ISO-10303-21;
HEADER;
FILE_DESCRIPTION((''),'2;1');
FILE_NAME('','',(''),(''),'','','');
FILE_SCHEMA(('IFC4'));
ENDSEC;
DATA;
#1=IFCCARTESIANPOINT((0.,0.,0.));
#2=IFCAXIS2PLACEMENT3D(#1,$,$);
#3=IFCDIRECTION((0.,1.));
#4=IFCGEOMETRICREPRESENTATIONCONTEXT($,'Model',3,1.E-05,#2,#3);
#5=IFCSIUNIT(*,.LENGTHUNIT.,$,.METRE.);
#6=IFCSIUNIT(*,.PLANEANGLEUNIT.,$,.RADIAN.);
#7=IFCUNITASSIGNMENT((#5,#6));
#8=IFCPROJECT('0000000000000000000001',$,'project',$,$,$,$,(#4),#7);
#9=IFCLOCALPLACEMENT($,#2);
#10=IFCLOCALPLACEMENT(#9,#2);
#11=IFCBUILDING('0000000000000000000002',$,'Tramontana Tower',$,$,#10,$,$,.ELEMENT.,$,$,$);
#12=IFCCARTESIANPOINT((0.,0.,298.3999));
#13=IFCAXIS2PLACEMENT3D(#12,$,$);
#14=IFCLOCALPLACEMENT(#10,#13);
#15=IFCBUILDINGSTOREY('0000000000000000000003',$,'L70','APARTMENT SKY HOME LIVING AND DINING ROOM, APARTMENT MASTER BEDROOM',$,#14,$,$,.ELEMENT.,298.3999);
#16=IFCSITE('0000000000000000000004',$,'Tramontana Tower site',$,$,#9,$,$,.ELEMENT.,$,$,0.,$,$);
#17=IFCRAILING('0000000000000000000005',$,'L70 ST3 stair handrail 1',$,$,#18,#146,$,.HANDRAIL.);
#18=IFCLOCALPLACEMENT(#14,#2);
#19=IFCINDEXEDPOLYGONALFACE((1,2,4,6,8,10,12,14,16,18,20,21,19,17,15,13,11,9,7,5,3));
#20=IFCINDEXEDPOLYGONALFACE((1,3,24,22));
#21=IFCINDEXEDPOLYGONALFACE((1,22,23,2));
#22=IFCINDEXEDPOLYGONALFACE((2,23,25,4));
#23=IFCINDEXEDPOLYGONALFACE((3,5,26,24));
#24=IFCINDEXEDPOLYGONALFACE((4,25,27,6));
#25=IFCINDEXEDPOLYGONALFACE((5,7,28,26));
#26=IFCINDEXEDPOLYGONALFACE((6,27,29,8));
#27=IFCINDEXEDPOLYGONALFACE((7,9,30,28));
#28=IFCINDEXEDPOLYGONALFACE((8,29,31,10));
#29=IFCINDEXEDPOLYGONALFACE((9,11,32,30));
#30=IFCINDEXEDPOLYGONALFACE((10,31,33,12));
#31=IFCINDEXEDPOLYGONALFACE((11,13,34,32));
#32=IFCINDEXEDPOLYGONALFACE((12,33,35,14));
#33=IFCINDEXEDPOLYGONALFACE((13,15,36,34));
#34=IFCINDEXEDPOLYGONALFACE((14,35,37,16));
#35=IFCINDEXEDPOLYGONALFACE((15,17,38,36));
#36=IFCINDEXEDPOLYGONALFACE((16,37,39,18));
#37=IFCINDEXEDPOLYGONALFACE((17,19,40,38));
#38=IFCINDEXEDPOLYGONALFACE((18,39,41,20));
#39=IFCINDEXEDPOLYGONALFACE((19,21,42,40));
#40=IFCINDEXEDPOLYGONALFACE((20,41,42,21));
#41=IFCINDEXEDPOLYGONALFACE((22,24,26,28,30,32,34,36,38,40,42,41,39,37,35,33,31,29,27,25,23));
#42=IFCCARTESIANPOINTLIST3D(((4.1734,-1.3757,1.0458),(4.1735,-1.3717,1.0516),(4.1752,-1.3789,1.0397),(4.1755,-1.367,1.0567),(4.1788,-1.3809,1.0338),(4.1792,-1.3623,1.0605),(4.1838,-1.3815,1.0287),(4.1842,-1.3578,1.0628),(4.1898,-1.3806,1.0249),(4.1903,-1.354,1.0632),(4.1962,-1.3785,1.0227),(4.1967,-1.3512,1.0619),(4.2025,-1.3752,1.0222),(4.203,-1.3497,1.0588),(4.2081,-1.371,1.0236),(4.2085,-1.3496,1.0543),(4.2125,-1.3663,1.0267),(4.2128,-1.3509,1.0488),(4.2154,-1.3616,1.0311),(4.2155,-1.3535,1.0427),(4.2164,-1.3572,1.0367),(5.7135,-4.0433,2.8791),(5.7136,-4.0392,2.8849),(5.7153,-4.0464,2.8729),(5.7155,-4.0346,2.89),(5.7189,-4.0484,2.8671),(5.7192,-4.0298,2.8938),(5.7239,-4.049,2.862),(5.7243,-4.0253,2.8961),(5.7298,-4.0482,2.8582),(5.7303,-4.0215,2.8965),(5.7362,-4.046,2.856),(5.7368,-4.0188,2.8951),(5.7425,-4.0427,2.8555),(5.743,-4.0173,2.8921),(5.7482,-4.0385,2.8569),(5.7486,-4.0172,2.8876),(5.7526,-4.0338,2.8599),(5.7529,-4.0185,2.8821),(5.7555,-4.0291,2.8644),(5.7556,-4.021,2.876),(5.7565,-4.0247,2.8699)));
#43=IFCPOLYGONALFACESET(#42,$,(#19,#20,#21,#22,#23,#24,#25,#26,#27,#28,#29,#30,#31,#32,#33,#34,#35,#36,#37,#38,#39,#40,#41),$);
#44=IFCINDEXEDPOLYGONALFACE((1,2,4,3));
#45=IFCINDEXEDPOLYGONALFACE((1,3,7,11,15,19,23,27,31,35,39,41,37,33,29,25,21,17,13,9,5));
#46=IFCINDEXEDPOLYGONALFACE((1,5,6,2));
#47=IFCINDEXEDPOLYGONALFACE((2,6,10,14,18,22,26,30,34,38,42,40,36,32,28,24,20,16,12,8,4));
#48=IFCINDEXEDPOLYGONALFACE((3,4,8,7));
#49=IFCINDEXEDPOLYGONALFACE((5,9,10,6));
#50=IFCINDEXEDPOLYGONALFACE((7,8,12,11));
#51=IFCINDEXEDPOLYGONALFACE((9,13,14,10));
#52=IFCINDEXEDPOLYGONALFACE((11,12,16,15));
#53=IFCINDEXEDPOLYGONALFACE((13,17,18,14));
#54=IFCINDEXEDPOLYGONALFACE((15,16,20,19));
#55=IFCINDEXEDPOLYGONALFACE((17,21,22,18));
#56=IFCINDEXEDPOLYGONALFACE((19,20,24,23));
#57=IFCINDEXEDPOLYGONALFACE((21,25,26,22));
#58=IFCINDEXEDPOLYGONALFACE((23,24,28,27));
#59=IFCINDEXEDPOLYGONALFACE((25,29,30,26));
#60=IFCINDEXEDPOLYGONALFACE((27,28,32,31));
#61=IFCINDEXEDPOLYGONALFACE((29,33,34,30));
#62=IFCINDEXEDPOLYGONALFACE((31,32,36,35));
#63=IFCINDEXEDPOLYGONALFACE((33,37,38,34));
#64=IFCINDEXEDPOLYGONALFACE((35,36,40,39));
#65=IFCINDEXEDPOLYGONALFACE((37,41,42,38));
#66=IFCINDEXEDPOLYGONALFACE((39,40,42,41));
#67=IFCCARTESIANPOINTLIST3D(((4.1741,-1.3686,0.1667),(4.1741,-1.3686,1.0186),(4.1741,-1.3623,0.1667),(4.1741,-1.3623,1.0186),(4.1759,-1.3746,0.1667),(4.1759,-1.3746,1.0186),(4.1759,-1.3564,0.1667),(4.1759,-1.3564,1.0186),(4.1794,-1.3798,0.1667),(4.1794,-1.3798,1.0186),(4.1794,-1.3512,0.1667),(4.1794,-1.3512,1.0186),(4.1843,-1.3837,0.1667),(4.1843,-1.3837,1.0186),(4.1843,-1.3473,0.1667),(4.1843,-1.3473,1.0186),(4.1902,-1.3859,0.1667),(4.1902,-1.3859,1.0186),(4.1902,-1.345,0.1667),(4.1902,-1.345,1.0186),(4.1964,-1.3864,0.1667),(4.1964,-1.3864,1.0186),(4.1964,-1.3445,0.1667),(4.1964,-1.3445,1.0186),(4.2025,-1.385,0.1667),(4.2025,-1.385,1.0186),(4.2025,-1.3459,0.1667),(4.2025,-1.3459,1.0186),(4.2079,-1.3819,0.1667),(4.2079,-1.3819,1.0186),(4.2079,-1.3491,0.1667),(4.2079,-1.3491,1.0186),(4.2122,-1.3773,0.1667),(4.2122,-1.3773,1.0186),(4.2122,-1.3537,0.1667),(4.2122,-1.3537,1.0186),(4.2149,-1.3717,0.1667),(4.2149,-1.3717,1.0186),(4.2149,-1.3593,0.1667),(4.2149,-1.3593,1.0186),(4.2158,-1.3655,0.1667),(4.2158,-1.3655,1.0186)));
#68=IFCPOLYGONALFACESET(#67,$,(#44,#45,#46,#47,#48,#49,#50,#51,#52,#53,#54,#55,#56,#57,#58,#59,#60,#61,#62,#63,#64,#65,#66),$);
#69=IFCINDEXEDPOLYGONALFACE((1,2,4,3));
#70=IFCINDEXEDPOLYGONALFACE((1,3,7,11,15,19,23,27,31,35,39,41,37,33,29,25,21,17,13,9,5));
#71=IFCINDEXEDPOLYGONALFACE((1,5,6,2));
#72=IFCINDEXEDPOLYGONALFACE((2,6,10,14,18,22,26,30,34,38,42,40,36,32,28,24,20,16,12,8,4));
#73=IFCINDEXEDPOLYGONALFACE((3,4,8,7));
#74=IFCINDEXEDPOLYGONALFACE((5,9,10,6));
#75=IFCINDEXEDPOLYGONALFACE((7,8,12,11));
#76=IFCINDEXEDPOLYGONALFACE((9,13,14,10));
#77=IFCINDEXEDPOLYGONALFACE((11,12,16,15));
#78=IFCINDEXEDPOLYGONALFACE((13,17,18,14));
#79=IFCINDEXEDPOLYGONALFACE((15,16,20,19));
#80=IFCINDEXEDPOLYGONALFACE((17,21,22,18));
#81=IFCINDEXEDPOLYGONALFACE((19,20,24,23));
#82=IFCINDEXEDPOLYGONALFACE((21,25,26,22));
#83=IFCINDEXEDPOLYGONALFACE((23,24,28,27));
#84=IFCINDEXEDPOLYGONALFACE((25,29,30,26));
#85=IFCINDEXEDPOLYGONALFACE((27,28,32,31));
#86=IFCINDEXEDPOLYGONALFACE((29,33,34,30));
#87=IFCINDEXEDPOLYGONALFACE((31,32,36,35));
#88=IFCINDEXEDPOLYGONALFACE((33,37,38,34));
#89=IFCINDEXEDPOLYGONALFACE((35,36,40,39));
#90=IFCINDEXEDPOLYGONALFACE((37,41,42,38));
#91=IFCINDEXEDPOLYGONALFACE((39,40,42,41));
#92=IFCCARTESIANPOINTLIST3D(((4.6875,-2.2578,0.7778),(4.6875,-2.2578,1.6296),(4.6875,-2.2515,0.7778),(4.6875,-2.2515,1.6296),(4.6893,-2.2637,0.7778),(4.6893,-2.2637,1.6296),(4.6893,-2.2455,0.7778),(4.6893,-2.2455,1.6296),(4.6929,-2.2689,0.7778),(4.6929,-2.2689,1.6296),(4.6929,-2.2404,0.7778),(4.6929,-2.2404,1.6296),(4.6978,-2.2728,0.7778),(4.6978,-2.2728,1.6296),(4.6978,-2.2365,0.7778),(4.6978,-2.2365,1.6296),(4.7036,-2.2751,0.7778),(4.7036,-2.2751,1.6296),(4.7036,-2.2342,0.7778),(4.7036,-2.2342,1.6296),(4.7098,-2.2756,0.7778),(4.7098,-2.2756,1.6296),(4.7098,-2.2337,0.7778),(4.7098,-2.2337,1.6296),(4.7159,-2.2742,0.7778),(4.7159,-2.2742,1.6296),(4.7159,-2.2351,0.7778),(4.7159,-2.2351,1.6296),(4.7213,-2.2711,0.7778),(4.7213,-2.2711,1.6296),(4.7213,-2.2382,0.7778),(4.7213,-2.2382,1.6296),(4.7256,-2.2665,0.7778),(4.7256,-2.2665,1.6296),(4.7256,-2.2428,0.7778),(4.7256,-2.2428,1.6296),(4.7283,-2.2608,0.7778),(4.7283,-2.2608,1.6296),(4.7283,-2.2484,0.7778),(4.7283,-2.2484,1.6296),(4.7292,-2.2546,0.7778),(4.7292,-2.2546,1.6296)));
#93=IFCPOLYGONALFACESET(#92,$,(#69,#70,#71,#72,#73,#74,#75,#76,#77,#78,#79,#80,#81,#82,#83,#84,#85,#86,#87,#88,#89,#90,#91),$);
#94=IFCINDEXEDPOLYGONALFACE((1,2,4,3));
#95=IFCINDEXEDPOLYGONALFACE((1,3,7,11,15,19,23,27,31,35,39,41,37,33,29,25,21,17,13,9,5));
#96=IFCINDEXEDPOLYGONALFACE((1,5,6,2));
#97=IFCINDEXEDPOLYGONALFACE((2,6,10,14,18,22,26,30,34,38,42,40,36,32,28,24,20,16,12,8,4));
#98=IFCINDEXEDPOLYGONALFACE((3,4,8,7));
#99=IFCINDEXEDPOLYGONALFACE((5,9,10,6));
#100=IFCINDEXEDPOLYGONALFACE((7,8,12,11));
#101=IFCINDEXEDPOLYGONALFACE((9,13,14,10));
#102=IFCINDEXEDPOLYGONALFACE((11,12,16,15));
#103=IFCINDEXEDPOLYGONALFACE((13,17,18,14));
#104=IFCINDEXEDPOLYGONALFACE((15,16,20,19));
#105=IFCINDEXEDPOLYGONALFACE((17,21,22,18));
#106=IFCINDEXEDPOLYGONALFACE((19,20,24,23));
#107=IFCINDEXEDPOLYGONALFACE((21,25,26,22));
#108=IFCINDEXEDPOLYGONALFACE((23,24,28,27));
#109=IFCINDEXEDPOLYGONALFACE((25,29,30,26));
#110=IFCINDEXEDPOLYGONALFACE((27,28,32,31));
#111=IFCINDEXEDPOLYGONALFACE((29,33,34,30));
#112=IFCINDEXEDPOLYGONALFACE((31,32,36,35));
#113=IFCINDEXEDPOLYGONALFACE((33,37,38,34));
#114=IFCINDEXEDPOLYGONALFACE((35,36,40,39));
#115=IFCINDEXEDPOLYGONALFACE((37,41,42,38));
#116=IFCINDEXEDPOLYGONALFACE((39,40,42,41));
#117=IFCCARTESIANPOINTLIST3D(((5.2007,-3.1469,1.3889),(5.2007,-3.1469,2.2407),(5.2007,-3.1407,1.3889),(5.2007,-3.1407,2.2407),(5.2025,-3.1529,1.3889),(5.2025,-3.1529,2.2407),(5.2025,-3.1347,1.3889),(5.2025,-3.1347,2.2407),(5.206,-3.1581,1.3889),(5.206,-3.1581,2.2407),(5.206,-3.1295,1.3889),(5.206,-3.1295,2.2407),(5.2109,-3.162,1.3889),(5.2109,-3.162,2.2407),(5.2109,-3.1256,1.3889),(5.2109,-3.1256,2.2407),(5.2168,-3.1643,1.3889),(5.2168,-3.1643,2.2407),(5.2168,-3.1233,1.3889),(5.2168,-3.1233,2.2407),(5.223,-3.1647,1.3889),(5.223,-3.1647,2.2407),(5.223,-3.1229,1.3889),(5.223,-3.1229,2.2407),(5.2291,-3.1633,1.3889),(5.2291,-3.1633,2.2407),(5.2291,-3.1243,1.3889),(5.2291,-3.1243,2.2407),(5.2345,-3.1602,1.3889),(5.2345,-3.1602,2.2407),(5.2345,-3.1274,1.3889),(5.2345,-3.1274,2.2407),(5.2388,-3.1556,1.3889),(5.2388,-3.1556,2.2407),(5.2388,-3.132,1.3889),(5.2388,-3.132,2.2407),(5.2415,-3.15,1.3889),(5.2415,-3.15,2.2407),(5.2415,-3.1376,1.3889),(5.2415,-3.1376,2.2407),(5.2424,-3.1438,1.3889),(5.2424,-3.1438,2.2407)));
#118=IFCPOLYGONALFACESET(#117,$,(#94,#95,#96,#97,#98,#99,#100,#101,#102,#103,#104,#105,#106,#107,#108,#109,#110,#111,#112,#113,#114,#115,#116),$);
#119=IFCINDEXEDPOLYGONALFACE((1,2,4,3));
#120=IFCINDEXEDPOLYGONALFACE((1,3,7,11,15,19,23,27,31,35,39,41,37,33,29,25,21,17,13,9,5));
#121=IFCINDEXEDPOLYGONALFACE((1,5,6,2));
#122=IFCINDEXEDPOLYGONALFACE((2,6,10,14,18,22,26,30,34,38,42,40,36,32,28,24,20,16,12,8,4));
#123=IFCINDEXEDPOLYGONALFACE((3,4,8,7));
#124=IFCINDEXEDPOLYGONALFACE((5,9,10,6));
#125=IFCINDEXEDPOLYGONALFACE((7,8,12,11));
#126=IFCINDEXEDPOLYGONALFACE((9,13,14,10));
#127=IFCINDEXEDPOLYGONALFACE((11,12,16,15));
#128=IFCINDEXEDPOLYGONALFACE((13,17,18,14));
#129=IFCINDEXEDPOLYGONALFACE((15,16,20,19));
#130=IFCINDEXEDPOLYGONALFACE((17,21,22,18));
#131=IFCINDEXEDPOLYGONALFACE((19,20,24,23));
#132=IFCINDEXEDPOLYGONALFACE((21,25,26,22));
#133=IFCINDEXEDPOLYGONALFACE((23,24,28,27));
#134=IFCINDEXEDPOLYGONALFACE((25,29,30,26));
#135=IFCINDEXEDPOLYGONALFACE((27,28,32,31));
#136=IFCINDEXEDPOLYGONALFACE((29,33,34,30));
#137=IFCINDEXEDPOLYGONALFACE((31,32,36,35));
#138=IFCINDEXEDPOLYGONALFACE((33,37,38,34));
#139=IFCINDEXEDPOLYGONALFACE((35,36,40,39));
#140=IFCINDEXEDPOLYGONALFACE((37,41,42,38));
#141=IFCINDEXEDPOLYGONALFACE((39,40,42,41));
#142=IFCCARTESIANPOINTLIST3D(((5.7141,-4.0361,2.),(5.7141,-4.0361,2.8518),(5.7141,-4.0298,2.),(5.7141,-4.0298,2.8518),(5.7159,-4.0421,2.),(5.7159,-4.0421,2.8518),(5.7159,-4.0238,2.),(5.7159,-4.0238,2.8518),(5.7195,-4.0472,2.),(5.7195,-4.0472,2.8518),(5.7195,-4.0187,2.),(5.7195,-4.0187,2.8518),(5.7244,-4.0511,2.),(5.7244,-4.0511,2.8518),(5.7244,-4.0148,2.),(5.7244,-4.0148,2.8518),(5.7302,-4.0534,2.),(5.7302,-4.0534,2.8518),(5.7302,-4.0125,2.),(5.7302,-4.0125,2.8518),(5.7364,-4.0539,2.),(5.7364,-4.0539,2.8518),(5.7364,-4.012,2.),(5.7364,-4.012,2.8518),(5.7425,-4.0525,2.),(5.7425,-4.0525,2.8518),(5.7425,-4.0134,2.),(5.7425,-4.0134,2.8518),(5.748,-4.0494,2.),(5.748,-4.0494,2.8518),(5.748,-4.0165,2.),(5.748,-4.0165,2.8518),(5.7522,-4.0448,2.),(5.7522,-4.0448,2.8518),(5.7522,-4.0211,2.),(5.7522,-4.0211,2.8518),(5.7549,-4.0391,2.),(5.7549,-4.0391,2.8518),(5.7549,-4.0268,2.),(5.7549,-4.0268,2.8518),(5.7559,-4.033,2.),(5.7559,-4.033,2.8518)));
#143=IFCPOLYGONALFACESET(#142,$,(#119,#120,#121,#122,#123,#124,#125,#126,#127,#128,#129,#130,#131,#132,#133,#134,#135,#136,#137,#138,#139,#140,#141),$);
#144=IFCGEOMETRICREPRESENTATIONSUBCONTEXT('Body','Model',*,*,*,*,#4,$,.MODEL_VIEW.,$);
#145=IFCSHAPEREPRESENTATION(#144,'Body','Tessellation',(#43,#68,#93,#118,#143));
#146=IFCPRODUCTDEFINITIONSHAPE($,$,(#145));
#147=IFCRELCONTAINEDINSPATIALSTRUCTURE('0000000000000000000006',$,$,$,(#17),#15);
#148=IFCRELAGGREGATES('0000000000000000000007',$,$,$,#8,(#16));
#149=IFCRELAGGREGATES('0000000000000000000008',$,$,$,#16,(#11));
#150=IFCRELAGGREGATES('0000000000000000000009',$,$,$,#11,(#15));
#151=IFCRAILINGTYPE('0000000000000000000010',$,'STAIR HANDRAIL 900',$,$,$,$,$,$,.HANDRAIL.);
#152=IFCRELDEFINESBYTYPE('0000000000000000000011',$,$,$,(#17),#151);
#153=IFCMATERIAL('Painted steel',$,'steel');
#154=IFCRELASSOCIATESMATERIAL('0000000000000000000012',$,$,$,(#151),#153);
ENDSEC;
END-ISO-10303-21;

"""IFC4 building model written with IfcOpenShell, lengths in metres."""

from ifc_helpers import new_model, si_unit, direction, frame, origin, origin_2d, place, context, subcontext, project, spatial, circle, extrude, material, type_object, element, save


model = new_model("IFC4")

# Units and contexts
model_context = context("Model", 3, precision=1e-05, world=origin(), true_north=direction((0.0, 1.0)))
body_context = subcontext(model_context, "Body", "Model", "MODEL_VIEW")
ifc_project = project(units=[si_unit("LENGTHUNIT", "METRE"), si_unit("PLANEANGLEUNIT", "RADIAN")], contexts=[model_context])

# Site, building, storey
site_placement = place(None, origin())
site = spatial("IfcSite", under=ifc_project, at=site_placement, Name="Tramontana Tower site", CompositionType="ELEMENT", RefElevation=0.0)
building_placement = place(site_placement, origin())
building = spatial("IfcBuilding", under=site, at=building_placement, Name="Tramontana Tower", CompositionType="ELEMENT")
storey_placement = place(building_placement, frame((0.0, 0.0, 298.3999)))
storey = spatial("IfcBuildingStorey", under=building, at=storey_placement, Name="L70", Description="APARTMENT SKY HOME LIVING AND DINING ROOM, APARTMENT MASTER BEDROOM", CompositionType="ELEMENT", Elevation=298.3999)

# Railing
ifc_material_1 = material(Name="Painted steel", Category="steel")
railing_type_1 = type_object("IfcRailingType", Name="STAIR HANDRAIL 900", PredefinedType="HANDRAIL", material=ifc_material_1)
railing_1_placement = place(storey_placement, frame((4.1948, -1.3655, 0.1667)))
element("IfcRailing", 1, at=railing_1_placement, inside=storey, type_object=railing_type_1, Name="L70 ST3 stair handrail 1", PredefinedType="HANDRAIL", context=body_context, shape_type="SweptSolid", body=[
    extrude(circle(Radius=0.0239, at=origin_2d()), frame((0.0, 0.0, 0.876), z_axis=(0.429649, -0.74419, 0.511452), x_axis=(0.86603, 0.499992, 0.0)), (0.0, 0.0, 1.0), 3.5845),
    extrude(circle(Radius=0.021, at=origin_2d()), origin(), (0.0, 0.0, 1.0), 0.8518),
    extrude(circle(Radius=0.021, at=origin_2d()), frame((0.5134, -0.8892, 0.6111)), (0.0, 0.0, 1.0), 0.8518),
    extrude(circle(Radius=0.021, at=origin_2d()), frame((1.0266, -1.7783, 1.2222)), (0.0, 0.0, 1.0), 0.8518),
    extrude(circle(Radius=0.021, at=origin_2d()), frame((1.54, -2.6675, 1.8333)), (0.0, 0.0, 1.0), 0.8518),
])

save(model, "model.ifc")
